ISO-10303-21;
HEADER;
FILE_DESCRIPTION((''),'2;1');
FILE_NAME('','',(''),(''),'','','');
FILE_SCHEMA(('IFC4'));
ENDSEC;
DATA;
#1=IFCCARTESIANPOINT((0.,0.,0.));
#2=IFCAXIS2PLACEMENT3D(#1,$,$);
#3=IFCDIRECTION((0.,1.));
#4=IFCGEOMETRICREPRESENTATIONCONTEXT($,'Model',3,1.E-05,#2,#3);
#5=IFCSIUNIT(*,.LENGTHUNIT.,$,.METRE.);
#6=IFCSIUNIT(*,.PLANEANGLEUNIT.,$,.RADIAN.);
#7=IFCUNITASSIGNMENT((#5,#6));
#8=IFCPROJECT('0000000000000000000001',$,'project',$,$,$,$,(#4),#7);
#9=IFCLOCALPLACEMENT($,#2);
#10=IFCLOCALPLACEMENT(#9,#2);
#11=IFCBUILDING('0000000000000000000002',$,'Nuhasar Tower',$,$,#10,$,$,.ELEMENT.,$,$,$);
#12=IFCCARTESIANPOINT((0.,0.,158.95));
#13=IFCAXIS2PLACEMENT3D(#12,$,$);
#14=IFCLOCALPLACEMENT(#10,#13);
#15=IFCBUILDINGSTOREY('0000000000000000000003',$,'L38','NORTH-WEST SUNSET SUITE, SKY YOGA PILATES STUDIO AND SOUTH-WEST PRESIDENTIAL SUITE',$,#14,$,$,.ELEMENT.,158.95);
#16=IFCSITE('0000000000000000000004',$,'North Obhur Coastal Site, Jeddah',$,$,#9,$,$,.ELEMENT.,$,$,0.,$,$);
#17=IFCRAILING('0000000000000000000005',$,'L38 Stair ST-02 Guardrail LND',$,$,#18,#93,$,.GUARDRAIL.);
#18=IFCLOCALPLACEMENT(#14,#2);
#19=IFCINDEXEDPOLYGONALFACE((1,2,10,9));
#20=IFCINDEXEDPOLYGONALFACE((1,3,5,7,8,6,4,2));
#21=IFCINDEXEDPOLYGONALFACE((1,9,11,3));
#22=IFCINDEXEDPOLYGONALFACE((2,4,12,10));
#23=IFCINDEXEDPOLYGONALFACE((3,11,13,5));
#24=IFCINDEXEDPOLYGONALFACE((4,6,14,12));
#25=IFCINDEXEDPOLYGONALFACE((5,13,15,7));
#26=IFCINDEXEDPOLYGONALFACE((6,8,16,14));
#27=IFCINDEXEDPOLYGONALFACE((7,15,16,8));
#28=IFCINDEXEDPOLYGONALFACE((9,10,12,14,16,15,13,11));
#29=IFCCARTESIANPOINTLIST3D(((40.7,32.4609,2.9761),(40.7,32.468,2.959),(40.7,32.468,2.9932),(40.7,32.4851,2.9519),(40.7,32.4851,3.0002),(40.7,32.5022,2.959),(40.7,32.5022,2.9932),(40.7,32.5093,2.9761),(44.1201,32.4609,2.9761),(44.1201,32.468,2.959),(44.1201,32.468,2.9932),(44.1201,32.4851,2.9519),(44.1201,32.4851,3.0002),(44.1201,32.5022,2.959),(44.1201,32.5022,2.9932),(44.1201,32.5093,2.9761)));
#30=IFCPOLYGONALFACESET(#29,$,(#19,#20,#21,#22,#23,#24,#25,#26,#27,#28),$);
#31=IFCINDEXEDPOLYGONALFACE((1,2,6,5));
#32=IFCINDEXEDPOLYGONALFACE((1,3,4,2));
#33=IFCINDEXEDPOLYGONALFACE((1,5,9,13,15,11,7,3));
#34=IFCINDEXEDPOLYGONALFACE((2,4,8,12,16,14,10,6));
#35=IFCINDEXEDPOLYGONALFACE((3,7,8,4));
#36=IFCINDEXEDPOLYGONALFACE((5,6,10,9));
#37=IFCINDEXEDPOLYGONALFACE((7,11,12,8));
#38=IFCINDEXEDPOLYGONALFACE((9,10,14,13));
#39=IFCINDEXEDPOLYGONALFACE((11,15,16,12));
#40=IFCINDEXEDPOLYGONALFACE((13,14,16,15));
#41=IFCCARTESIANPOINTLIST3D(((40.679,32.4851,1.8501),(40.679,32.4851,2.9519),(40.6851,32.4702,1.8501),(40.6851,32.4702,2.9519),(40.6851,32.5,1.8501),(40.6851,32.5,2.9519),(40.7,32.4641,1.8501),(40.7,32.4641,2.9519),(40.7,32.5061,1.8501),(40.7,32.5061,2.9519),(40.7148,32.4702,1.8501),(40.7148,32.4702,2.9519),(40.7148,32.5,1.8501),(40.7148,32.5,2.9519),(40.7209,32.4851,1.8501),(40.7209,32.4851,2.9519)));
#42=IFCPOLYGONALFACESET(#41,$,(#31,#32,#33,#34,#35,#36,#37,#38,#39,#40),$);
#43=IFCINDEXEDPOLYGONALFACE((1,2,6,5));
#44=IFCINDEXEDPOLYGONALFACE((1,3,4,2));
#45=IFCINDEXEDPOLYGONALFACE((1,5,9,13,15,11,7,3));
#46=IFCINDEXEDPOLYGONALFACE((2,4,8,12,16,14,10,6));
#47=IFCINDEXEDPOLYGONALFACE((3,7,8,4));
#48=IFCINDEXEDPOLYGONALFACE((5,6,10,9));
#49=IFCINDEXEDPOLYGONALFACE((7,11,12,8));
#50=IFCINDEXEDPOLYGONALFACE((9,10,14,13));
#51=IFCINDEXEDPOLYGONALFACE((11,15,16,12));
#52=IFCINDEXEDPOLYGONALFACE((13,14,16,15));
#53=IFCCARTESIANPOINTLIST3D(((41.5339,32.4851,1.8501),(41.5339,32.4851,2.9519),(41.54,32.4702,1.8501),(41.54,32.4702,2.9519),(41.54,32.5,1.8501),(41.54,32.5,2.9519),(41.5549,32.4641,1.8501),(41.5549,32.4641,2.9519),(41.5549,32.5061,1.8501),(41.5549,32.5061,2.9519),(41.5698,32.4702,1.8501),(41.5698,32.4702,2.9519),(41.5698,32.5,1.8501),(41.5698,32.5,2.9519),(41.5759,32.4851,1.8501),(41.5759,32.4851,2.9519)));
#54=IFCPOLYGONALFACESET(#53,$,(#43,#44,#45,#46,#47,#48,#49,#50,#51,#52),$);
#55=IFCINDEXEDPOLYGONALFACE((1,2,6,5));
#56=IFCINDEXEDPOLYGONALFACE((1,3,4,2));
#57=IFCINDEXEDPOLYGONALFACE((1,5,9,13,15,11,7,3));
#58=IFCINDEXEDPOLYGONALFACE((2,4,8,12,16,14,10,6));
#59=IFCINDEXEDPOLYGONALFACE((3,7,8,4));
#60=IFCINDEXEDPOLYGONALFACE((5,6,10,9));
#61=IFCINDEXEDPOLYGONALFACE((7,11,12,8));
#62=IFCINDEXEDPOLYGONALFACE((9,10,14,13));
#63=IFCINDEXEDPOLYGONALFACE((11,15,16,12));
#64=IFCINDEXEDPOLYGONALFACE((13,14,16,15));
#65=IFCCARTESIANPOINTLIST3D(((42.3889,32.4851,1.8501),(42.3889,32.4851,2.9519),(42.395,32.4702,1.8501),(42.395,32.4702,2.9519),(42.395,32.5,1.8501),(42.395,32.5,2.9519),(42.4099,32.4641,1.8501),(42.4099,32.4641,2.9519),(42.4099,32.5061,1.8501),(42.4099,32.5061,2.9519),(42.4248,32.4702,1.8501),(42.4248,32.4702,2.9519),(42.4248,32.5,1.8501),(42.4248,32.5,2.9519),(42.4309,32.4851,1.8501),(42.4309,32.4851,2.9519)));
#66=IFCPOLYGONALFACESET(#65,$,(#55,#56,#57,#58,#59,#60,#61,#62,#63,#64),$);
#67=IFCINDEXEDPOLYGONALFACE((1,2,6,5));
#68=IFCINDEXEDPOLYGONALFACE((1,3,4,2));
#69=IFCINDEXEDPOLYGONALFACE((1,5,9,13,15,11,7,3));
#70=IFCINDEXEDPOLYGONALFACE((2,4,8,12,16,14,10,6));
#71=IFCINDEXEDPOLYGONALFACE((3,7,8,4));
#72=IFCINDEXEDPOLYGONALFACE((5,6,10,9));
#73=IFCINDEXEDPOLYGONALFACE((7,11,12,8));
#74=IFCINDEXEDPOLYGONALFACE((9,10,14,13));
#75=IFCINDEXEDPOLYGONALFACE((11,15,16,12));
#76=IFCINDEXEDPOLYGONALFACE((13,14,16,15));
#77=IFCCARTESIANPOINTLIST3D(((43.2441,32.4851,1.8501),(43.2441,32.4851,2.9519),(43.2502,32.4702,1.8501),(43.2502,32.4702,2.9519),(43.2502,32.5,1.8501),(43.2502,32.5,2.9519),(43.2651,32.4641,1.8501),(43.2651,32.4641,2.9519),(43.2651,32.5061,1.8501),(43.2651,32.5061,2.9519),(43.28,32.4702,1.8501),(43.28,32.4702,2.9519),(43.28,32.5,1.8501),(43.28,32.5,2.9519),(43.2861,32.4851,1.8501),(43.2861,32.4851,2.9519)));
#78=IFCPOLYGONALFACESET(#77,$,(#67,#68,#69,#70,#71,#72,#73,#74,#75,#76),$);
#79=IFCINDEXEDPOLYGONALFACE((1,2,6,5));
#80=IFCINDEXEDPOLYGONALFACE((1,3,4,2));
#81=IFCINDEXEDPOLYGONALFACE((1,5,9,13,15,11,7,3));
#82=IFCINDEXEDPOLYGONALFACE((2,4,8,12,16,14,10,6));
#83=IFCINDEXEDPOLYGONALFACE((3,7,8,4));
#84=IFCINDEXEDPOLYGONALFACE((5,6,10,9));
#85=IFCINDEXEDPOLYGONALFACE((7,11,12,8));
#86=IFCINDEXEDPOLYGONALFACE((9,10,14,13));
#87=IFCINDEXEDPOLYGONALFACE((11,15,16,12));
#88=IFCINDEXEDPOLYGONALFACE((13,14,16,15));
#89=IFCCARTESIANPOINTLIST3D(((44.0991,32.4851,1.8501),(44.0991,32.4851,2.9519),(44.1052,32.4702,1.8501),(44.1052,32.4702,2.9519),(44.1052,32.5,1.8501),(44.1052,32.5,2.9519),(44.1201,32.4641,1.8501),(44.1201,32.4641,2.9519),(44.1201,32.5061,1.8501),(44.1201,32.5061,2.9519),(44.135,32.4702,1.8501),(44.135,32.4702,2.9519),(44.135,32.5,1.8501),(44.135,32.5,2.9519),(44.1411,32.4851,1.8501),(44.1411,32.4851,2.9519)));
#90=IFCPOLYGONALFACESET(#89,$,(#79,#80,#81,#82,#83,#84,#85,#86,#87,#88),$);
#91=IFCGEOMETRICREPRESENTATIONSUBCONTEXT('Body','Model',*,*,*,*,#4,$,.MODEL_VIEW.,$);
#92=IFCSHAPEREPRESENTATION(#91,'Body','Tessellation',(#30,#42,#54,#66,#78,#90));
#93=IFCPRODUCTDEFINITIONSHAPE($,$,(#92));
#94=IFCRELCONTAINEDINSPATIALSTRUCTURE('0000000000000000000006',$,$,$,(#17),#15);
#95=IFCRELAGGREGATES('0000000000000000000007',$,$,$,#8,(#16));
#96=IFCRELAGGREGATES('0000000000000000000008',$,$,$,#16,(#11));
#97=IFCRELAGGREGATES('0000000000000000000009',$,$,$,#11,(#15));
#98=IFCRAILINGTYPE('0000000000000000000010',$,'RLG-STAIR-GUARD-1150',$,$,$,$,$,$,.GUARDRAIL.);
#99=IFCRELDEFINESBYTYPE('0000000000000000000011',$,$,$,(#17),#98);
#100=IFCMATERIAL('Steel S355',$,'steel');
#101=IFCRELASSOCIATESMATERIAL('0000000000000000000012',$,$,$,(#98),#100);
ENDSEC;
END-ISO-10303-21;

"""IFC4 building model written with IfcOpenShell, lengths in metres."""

from ifc_helpers import new_model, si_unit, direction, frame, origin, place, context, subcontext, project, spatial, polyline, outline, extrude, material, type_object, element, save


model = new_model("IFC4")

# Units and contexts
model_context = context("Model", 3, precision=1e-05, world=origin(), true_north=direction((0.0, 1.0)))
body_context = subcontext(model_context, "Body", "Model", "MODEL_VIEW")
ifc_project = project(units=[si_unit("LENGTHUNIT", "METRE"), si_unit("PLANEANGLEUNIT", "RADIAN")], contexts=[model_context])

# Site, building, storey
site_placement = place(None, origin())
site = spatial("IfcSite", under=ifc_project, at=site_placement, Name="North Obhur Coastal Site, Jeddah", CompositionType="ELEMENT", RefElevation=0.0)
building_placement = place(site_placement, origin())
building = spatial("IfcBuilding", under=site, at=building_placement, Name="Nuhasar Tower", CompositionType="ELEMENT")
storey_placement = place(building_placement, frame((0.0, 0.0, 158.95)))
storey = spatial("IfcBuildingStorey", under=building, at=storey_placement, Name="L38", Description="NORTH-WEST SUNSET SUITE, SKY YOGA PILATES STUDIO AND SOUTH-WEST PRESIDENTIAL SUITE", CompositionType="ELEMENT", Elevation=158.95)

# Shared definitions
ifc_material_1 = material(Name="Steel S355", Category="steel")

# Railing
railing_type_1 = type_object("IfcRailingType", Name="RLG-STAIR-GUARD-1150", PredefinedType="GUARDRAIL", material=ifc_material_1)
railing_1_placement = place(storey_placement, frame((40.7, 32.4851, 1.8501)))
element("IfcRailing", 1, at=railing_1_placement, inside=storey, type_object=railing_type_1, Name="L38 Stair ST-02 Guardrail LND", PredefinedType="GUARDRAIL", context=body_context, shape_type="SweptSolid", body=[
    extrude(outline(polyline([(0.0242, 0.0), (0.0171, 0.0171), (0.0, 0.0242), (-0.0171, 0.0171), (-0.0242, 0.0), (-0.0171, -0.0171), (0.0, -0.0242), (0.0171, -0.0171), (0.0242, 0.0)])), frame((0.0, 0.0, 1.126), z_axis=(1.0, 0.0, 0.0), x_axis=(0.0, 1.0, 0.0)), (0.0, 0.0, 1.0), 3.4202),
    extrude(outline(polyline([(0.021, 0.0), (0.0149, 0.0149), (0.0, 0.021), (-0.0149, 0.0149), (-0.021, 0.0), (-0.0149, -0.0149), (0.0, -0.021), (0.0149, -0.0149), (0.021, 0.0)])), origin(), (0.0, 0.0, 1.0), 1.1018),
    extrude(outline(polyline([(0.021, 0.0), (0.0149, 0.0149), (0.0, 0.021), (-0.0149, 0.0149), (-0.021, 0.0), (-0.0149, -0.0149), (0.0, -0.021), (0.0149, -0.0149), (0.021, 0.0)])), frame((0.855, 0.0, 0.0)), (0.0, 0.0, 1.0), 1.1018),
    extrude(outline(polyline([(0.021, 0.0), (0.0149, 0.0149), (0.0, 0.021), (-0.0149, 0.0149), (-0.021, 0.0), (-0.0149, -0.0149), (0.0, -0.021), (0.0149, -0.0149), (0.021, 0.0)])), frame((1.71, 0.0, 0.0)), (0.0, 0.0, 1.0), 1.1018),
    extrude(outline(polyline([(0.021, 0.0), (0.0149, 0.0149), (0.0, 0.021), (-0.0149, 0.0149), (-0.021, 0.0), (-0.0149, -0.0149), (0.0, -0.021), (0.0149, -0.0149), (0.021, 0.0)])), frame((2.5652, 0.0, 0.0)), (0.0, 0.0, 1.0), 1.1018),
    extrude(outline(polyline([(0.021, 0.0), (0.0149, 0.0149), (0.0, 0.021), (-0.0149, 0.0149), (-0.021, 0.0), (-0.0149, -0.0149), (0.0, -0.021), (0.0149, -0.0149), (0.021, 0.0)])), frame((3.4202, 0.0, 0.0)), (0.0, 0.0, 1.0), 1.1018),
])

save(model, "model.ifc")
